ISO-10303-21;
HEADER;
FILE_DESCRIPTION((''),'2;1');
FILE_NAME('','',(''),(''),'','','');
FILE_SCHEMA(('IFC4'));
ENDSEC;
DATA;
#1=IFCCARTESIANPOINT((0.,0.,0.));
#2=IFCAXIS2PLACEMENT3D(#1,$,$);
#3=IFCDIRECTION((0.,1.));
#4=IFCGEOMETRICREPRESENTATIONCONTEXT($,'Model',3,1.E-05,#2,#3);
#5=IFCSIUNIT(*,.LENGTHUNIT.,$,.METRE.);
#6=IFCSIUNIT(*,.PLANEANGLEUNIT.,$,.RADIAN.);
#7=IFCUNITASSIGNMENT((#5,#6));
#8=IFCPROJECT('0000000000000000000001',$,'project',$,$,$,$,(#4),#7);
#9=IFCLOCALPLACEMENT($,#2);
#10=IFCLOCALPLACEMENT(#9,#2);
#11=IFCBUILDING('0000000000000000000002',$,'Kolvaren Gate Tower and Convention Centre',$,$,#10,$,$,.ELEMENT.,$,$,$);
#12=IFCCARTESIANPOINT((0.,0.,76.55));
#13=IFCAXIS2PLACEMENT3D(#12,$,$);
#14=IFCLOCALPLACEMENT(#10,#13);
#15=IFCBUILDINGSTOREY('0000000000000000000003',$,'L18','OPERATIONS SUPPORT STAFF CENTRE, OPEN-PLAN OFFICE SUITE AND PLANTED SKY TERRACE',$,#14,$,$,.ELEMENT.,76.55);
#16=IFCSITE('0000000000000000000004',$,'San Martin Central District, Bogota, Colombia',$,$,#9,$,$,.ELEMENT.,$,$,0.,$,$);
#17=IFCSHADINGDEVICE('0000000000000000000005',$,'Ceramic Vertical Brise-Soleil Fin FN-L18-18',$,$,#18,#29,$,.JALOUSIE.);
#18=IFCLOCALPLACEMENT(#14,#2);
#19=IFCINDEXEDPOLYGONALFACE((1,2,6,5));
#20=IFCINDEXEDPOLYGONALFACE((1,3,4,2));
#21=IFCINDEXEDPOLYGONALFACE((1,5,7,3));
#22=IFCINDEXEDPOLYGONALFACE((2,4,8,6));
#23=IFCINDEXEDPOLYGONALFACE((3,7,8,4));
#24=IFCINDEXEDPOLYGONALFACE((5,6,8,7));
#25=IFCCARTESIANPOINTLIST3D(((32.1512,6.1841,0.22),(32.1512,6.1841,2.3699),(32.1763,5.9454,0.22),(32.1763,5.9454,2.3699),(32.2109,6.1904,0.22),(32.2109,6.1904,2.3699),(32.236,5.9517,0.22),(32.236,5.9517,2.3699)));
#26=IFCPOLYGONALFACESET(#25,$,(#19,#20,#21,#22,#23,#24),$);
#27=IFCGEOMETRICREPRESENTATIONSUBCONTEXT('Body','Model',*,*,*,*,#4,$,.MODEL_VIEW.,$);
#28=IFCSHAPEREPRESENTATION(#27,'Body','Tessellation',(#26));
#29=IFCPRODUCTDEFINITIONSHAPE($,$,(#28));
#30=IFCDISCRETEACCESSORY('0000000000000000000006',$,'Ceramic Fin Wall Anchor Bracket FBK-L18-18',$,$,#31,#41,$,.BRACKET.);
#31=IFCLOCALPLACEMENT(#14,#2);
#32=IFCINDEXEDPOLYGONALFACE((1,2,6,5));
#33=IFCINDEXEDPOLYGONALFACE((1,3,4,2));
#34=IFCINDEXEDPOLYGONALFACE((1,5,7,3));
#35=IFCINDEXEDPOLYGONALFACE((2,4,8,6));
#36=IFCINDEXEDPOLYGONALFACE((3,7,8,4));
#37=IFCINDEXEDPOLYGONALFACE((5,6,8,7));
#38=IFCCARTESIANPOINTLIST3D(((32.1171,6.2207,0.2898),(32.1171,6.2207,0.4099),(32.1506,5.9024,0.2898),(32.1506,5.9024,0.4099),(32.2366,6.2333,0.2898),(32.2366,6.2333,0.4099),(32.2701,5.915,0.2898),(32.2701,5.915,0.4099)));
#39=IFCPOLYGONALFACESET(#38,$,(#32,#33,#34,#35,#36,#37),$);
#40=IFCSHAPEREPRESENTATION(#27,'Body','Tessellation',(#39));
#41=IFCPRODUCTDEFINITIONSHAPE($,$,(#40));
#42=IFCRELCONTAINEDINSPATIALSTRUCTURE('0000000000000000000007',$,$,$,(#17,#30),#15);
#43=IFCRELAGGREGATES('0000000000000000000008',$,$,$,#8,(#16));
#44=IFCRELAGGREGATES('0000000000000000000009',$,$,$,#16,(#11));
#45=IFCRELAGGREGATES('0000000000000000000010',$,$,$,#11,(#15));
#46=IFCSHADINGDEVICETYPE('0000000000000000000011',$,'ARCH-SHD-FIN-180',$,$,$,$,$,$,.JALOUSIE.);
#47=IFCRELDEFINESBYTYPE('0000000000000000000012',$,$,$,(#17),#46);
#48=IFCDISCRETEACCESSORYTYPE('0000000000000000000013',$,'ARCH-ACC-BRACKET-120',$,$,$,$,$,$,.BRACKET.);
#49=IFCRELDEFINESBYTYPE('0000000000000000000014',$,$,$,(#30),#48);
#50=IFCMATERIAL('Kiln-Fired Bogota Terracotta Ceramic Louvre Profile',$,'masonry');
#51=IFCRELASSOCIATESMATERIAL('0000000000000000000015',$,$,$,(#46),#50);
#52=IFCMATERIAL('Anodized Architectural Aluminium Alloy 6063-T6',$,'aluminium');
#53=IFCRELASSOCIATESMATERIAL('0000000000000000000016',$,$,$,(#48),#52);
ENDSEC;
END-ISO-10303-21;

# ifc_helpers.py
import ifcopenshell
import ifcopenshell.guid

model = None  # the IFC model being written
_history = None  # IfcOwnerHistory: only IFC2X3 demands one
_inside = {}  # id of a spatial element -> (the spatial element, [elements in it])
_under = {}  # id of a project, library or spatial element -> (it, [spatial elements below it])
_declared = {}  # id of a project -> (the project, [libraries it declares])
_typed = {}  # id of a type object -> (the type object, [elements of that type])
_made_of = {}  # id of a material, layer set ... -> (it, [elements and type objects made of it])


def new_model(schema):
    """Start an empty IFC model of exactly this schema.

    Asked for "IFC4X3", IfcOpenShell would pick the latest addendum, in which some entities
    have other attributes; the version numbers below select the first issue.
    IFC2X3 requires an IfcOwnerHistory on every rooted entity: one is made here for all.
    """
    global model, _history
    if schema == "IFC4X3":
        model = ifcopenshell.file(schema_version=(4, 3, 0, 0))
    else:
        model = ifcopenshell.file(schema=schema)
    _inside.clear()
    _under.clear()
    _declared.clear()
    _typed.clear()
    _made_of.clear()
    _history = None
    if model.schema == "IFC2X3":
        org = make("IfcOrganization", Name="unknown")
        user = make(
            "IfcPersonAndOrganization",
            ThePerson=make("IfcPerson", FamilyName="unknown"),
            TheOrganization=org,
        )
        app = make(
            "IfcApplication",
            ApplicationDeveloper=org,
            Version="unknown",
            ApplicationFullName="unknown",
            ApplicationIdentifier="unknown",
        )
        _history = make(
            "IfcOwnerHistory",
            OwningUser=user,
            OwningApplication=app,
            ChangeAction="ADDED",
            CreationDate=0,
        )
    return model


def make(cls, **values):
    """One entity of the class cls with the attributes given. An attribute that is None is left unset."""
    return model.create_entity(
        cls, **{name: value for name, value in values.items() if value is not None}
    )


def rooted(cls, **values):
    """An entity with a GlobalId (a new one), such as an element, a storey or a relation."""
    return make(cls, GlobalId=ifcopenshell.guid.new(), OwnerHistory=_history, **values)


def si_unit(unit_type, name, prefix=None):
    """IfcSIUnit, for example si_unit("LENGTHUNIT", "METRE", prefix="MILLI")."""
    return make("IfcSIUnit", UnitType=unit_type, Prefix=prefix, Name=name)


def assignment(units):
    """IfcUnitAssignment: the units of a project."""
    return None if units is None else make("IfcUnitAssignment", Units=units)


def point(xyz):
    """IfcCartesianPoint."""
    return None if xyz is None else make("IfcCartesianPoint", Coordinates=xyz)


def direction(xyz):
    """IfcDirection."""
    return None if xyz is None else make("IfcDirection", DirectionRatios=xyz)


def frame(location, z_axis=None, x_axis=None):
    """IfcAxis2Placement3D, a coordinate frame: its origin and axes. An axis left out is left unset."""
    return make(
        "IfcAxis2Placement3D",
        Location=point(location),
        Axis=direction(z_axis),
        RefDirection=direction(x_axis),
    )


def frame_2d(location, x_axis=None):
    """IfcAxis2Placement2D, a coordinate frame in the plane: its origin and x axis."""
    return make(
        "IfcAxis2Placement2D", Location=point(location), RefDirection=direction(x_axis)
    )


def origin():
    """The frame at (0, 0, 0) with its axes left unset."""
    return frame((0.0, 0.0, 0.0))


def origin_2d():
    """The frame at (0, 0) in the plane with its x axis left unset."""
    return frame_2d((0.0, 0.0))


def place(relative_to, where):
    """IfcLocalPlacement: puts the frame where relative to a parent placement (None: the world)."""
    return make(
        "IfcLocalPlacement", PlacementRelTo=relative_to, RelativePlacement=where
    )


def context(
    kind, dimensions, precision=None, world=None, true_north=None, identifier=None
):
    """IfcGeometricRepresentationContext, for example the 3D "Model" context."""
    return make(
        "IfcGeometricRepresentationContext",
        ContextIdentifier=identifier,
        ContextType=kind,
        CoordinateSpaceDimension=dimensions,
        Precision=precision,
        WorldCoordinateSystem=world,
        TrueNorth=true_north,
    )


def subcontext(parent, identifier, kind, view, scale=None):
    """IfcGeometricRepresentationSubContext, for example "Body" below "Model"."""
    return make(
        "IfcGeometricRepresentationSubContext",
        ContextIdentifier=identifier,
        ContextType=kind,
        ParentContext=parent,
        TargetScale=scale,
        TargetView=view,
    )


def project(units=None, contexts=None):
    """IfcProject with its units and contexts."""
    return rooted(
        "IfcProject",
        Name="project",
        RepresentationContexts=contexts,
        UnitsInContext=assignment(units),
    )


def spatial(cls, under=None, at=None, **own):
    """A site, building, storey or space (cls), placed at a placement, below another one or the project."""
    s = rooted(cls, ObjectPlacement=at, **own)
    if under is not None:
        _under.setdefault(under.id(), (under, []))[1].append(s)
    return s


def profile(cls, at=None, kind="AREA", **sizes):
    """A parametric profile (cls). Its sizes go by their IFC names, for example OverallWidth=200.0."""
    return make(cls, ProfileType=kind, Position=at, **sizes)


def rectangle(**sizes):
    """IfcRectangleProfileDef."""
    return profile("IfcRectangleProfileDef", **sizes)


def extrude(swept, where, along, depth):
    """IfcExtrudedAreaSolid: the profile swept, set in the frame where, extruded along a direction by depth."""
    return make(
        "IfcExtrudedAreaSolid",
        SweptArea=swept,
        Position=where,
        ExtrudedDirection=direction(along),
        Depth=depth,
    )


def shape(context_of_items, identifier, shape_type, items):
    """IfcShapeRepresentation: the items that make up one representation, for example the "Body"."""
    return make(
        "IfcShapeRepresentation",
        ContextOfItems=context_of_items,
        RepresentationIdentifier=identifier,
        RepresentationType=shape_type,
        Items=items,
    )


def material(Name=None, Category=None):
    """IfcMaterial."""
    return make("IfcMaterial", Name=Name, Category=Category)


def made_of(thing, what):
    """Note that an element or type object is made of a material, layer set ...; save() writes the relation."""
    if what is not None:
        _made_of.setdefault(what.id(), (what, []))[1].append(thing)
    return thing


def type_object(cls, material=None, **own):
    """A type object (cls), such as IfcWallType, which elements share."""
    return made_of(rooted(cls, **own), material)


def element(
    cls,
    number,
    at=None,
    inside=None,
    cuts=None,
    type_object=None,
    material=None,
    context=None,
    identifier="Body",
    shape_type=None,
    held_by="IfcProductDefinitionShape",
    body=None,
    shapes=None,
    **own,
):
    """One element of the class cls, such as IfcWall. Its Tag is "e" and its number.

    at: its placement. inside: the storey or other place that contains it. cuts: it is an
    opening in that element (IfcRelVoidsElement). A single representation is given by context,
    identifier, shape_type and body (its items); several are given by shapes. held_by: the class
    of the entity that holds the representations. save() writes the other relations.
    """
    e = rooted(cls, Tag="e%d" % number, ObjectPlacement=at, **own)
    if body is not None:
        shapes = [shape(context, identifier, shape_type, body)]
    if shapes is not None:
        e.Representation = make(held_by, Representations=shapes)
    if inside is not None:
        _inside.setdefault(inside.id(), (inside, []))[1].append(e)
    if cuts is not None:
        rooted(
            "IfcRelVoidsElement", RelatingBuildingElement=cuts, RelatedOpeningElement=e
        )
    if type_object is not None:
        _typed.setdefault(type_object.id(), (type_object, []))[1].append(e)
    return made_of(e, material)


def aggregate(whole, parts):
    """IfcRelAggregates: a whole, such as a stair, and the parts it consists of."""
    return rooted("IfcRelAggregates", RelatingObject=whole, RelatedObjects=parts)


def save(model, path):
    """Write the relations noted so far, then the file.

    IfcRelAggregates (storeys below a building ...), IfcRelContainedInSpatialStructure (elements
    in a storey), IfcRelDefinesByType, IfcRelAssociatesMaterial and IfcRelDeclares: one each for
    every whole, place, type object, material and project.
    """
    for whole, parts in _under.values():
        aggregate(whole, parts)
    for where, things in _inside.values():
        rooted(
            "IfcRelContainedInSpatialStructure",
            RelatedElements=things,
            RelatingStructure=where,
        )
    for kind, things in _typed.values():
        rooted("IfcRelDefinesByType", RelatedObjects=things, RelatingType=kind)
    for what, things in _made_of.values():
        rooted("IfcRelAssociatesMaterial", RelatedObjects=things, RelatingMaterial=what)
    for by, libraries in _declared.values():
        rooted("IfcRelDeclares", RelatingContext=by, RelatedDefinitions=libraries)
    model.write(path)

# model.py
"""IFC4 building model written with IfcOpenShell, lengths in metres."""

from ifc_helpers import new_model, si_unit, direction, frame, origin, origin_2d, place, context, subcontext, project, spatial, rectangle, extrude, material, type_object, element, save


model = new_model("IFC4")

# Units and contexts
model_context = context("Model", 3, precision=1e-05, world=origin(), true_north=direction((0.0, 1.0)))
body_context = subcontext(model_context, "Body", "Model", "MODEL_VIEW")
ifc_project = project(units=[si_unit("LENGTHUNIT", "METRE"), si_unit("PLANEANGLEUNIT", "RADIAN")], contexts=[model_context])

# Site, building, storey
site_placement = place(None, origin())
site = spatial("IfcSite", under=ifc_project, at=site_placement, Name="San Martin Central District, Bogota, Colombia", CompositionType="ELEMENT", RefElevation=0.0)
building_placement = place(site_placement, origin())
building = spatial("IfcBuilding", under=site, at=building_placement, Name="Kolvaren Gate Tower and Convention Centre", CompositionType="ELEMENT")
storey_placement = place(building_placement, frame((0.0, 0.0, 76.55)))
storey = spatial("IfcBuildingStorey", under=building, at=storey_placement, Name="L18", Description="OPERATIONS SUPPORT STAFF CENTRE, OPEN-PLAN OFFICE SUITE AND PLANTED SKY TERRACE", CompositionType="ELEMENT", Elevation=76.55)

# Shared definitions
ifc_material_1 = material(Name="Anodized Architectural Aluminium Alloy 6063-T6", Category="aluminium")

# Shading device
ifc_material_2 = material(Name="Kiln-Fired Bogota Terracotta Ceramic Louvre Profile", Category="masonry")
shading_device_type = type_object("IfcShadingDeviceType", Name="ARCH-SHD-FIN-180", PredefinedType="JALOUSIE", material=ifc_material_2)
shading_device_placement = place(storey_placement, frame((32.1936, 6.0679, 0.22), z_axis=(0.0, 0.0, 1.0), x_axis=(0.994499, 0.104747, 0.0)))
element("IfcShadingDevice", 1, at=shading_device_placement, inside=storey, type_object=shading_device_type, Name="Ceramic Vertical Brise-Soleil Fin FN-L18-18", PredefinedType="JALOUSIE", context=body_context, shape_type="SweptSolid", body=[
    extrude(rectangle(XDim=0.0601, YDim=0.24, at=origin_2d()), origin(), (0.0, 0.0, 1.0), 2.1499),
])

# Discrete accessory
discrete_accessory_type = type_object("IfcDiscreteAccessoryType", Name="ARCH-ACC-BRACKET-120", PredefinedType="BRACKET", material=ifc_material_1)
discrete_accessory_placement = place(storey_placement, frame((32.1936, 6.0679, 0.2898), z_axis=(0.0, 0.0, 1.0), x_axis=(0.994499, 0.104747, 0.0)))
element("IfcDiscreteAccessory", 2, at=discrete_accessory_placement, inside=storey, type_object=discrete_accessory_type, Name="Ceramic Fin Wall Anchor Bracket FBK-L18-18", PredefinedType="BRACKET", context=body_context, shape_type="SweptSolid", body=[
    extrude(rectangle(XDim=0.1201, YDim=0.3201, at=origin_2d()), origin(), (0.0, 0.0, 1.0), 0.1201),
])

save(model, "model.ifc")
